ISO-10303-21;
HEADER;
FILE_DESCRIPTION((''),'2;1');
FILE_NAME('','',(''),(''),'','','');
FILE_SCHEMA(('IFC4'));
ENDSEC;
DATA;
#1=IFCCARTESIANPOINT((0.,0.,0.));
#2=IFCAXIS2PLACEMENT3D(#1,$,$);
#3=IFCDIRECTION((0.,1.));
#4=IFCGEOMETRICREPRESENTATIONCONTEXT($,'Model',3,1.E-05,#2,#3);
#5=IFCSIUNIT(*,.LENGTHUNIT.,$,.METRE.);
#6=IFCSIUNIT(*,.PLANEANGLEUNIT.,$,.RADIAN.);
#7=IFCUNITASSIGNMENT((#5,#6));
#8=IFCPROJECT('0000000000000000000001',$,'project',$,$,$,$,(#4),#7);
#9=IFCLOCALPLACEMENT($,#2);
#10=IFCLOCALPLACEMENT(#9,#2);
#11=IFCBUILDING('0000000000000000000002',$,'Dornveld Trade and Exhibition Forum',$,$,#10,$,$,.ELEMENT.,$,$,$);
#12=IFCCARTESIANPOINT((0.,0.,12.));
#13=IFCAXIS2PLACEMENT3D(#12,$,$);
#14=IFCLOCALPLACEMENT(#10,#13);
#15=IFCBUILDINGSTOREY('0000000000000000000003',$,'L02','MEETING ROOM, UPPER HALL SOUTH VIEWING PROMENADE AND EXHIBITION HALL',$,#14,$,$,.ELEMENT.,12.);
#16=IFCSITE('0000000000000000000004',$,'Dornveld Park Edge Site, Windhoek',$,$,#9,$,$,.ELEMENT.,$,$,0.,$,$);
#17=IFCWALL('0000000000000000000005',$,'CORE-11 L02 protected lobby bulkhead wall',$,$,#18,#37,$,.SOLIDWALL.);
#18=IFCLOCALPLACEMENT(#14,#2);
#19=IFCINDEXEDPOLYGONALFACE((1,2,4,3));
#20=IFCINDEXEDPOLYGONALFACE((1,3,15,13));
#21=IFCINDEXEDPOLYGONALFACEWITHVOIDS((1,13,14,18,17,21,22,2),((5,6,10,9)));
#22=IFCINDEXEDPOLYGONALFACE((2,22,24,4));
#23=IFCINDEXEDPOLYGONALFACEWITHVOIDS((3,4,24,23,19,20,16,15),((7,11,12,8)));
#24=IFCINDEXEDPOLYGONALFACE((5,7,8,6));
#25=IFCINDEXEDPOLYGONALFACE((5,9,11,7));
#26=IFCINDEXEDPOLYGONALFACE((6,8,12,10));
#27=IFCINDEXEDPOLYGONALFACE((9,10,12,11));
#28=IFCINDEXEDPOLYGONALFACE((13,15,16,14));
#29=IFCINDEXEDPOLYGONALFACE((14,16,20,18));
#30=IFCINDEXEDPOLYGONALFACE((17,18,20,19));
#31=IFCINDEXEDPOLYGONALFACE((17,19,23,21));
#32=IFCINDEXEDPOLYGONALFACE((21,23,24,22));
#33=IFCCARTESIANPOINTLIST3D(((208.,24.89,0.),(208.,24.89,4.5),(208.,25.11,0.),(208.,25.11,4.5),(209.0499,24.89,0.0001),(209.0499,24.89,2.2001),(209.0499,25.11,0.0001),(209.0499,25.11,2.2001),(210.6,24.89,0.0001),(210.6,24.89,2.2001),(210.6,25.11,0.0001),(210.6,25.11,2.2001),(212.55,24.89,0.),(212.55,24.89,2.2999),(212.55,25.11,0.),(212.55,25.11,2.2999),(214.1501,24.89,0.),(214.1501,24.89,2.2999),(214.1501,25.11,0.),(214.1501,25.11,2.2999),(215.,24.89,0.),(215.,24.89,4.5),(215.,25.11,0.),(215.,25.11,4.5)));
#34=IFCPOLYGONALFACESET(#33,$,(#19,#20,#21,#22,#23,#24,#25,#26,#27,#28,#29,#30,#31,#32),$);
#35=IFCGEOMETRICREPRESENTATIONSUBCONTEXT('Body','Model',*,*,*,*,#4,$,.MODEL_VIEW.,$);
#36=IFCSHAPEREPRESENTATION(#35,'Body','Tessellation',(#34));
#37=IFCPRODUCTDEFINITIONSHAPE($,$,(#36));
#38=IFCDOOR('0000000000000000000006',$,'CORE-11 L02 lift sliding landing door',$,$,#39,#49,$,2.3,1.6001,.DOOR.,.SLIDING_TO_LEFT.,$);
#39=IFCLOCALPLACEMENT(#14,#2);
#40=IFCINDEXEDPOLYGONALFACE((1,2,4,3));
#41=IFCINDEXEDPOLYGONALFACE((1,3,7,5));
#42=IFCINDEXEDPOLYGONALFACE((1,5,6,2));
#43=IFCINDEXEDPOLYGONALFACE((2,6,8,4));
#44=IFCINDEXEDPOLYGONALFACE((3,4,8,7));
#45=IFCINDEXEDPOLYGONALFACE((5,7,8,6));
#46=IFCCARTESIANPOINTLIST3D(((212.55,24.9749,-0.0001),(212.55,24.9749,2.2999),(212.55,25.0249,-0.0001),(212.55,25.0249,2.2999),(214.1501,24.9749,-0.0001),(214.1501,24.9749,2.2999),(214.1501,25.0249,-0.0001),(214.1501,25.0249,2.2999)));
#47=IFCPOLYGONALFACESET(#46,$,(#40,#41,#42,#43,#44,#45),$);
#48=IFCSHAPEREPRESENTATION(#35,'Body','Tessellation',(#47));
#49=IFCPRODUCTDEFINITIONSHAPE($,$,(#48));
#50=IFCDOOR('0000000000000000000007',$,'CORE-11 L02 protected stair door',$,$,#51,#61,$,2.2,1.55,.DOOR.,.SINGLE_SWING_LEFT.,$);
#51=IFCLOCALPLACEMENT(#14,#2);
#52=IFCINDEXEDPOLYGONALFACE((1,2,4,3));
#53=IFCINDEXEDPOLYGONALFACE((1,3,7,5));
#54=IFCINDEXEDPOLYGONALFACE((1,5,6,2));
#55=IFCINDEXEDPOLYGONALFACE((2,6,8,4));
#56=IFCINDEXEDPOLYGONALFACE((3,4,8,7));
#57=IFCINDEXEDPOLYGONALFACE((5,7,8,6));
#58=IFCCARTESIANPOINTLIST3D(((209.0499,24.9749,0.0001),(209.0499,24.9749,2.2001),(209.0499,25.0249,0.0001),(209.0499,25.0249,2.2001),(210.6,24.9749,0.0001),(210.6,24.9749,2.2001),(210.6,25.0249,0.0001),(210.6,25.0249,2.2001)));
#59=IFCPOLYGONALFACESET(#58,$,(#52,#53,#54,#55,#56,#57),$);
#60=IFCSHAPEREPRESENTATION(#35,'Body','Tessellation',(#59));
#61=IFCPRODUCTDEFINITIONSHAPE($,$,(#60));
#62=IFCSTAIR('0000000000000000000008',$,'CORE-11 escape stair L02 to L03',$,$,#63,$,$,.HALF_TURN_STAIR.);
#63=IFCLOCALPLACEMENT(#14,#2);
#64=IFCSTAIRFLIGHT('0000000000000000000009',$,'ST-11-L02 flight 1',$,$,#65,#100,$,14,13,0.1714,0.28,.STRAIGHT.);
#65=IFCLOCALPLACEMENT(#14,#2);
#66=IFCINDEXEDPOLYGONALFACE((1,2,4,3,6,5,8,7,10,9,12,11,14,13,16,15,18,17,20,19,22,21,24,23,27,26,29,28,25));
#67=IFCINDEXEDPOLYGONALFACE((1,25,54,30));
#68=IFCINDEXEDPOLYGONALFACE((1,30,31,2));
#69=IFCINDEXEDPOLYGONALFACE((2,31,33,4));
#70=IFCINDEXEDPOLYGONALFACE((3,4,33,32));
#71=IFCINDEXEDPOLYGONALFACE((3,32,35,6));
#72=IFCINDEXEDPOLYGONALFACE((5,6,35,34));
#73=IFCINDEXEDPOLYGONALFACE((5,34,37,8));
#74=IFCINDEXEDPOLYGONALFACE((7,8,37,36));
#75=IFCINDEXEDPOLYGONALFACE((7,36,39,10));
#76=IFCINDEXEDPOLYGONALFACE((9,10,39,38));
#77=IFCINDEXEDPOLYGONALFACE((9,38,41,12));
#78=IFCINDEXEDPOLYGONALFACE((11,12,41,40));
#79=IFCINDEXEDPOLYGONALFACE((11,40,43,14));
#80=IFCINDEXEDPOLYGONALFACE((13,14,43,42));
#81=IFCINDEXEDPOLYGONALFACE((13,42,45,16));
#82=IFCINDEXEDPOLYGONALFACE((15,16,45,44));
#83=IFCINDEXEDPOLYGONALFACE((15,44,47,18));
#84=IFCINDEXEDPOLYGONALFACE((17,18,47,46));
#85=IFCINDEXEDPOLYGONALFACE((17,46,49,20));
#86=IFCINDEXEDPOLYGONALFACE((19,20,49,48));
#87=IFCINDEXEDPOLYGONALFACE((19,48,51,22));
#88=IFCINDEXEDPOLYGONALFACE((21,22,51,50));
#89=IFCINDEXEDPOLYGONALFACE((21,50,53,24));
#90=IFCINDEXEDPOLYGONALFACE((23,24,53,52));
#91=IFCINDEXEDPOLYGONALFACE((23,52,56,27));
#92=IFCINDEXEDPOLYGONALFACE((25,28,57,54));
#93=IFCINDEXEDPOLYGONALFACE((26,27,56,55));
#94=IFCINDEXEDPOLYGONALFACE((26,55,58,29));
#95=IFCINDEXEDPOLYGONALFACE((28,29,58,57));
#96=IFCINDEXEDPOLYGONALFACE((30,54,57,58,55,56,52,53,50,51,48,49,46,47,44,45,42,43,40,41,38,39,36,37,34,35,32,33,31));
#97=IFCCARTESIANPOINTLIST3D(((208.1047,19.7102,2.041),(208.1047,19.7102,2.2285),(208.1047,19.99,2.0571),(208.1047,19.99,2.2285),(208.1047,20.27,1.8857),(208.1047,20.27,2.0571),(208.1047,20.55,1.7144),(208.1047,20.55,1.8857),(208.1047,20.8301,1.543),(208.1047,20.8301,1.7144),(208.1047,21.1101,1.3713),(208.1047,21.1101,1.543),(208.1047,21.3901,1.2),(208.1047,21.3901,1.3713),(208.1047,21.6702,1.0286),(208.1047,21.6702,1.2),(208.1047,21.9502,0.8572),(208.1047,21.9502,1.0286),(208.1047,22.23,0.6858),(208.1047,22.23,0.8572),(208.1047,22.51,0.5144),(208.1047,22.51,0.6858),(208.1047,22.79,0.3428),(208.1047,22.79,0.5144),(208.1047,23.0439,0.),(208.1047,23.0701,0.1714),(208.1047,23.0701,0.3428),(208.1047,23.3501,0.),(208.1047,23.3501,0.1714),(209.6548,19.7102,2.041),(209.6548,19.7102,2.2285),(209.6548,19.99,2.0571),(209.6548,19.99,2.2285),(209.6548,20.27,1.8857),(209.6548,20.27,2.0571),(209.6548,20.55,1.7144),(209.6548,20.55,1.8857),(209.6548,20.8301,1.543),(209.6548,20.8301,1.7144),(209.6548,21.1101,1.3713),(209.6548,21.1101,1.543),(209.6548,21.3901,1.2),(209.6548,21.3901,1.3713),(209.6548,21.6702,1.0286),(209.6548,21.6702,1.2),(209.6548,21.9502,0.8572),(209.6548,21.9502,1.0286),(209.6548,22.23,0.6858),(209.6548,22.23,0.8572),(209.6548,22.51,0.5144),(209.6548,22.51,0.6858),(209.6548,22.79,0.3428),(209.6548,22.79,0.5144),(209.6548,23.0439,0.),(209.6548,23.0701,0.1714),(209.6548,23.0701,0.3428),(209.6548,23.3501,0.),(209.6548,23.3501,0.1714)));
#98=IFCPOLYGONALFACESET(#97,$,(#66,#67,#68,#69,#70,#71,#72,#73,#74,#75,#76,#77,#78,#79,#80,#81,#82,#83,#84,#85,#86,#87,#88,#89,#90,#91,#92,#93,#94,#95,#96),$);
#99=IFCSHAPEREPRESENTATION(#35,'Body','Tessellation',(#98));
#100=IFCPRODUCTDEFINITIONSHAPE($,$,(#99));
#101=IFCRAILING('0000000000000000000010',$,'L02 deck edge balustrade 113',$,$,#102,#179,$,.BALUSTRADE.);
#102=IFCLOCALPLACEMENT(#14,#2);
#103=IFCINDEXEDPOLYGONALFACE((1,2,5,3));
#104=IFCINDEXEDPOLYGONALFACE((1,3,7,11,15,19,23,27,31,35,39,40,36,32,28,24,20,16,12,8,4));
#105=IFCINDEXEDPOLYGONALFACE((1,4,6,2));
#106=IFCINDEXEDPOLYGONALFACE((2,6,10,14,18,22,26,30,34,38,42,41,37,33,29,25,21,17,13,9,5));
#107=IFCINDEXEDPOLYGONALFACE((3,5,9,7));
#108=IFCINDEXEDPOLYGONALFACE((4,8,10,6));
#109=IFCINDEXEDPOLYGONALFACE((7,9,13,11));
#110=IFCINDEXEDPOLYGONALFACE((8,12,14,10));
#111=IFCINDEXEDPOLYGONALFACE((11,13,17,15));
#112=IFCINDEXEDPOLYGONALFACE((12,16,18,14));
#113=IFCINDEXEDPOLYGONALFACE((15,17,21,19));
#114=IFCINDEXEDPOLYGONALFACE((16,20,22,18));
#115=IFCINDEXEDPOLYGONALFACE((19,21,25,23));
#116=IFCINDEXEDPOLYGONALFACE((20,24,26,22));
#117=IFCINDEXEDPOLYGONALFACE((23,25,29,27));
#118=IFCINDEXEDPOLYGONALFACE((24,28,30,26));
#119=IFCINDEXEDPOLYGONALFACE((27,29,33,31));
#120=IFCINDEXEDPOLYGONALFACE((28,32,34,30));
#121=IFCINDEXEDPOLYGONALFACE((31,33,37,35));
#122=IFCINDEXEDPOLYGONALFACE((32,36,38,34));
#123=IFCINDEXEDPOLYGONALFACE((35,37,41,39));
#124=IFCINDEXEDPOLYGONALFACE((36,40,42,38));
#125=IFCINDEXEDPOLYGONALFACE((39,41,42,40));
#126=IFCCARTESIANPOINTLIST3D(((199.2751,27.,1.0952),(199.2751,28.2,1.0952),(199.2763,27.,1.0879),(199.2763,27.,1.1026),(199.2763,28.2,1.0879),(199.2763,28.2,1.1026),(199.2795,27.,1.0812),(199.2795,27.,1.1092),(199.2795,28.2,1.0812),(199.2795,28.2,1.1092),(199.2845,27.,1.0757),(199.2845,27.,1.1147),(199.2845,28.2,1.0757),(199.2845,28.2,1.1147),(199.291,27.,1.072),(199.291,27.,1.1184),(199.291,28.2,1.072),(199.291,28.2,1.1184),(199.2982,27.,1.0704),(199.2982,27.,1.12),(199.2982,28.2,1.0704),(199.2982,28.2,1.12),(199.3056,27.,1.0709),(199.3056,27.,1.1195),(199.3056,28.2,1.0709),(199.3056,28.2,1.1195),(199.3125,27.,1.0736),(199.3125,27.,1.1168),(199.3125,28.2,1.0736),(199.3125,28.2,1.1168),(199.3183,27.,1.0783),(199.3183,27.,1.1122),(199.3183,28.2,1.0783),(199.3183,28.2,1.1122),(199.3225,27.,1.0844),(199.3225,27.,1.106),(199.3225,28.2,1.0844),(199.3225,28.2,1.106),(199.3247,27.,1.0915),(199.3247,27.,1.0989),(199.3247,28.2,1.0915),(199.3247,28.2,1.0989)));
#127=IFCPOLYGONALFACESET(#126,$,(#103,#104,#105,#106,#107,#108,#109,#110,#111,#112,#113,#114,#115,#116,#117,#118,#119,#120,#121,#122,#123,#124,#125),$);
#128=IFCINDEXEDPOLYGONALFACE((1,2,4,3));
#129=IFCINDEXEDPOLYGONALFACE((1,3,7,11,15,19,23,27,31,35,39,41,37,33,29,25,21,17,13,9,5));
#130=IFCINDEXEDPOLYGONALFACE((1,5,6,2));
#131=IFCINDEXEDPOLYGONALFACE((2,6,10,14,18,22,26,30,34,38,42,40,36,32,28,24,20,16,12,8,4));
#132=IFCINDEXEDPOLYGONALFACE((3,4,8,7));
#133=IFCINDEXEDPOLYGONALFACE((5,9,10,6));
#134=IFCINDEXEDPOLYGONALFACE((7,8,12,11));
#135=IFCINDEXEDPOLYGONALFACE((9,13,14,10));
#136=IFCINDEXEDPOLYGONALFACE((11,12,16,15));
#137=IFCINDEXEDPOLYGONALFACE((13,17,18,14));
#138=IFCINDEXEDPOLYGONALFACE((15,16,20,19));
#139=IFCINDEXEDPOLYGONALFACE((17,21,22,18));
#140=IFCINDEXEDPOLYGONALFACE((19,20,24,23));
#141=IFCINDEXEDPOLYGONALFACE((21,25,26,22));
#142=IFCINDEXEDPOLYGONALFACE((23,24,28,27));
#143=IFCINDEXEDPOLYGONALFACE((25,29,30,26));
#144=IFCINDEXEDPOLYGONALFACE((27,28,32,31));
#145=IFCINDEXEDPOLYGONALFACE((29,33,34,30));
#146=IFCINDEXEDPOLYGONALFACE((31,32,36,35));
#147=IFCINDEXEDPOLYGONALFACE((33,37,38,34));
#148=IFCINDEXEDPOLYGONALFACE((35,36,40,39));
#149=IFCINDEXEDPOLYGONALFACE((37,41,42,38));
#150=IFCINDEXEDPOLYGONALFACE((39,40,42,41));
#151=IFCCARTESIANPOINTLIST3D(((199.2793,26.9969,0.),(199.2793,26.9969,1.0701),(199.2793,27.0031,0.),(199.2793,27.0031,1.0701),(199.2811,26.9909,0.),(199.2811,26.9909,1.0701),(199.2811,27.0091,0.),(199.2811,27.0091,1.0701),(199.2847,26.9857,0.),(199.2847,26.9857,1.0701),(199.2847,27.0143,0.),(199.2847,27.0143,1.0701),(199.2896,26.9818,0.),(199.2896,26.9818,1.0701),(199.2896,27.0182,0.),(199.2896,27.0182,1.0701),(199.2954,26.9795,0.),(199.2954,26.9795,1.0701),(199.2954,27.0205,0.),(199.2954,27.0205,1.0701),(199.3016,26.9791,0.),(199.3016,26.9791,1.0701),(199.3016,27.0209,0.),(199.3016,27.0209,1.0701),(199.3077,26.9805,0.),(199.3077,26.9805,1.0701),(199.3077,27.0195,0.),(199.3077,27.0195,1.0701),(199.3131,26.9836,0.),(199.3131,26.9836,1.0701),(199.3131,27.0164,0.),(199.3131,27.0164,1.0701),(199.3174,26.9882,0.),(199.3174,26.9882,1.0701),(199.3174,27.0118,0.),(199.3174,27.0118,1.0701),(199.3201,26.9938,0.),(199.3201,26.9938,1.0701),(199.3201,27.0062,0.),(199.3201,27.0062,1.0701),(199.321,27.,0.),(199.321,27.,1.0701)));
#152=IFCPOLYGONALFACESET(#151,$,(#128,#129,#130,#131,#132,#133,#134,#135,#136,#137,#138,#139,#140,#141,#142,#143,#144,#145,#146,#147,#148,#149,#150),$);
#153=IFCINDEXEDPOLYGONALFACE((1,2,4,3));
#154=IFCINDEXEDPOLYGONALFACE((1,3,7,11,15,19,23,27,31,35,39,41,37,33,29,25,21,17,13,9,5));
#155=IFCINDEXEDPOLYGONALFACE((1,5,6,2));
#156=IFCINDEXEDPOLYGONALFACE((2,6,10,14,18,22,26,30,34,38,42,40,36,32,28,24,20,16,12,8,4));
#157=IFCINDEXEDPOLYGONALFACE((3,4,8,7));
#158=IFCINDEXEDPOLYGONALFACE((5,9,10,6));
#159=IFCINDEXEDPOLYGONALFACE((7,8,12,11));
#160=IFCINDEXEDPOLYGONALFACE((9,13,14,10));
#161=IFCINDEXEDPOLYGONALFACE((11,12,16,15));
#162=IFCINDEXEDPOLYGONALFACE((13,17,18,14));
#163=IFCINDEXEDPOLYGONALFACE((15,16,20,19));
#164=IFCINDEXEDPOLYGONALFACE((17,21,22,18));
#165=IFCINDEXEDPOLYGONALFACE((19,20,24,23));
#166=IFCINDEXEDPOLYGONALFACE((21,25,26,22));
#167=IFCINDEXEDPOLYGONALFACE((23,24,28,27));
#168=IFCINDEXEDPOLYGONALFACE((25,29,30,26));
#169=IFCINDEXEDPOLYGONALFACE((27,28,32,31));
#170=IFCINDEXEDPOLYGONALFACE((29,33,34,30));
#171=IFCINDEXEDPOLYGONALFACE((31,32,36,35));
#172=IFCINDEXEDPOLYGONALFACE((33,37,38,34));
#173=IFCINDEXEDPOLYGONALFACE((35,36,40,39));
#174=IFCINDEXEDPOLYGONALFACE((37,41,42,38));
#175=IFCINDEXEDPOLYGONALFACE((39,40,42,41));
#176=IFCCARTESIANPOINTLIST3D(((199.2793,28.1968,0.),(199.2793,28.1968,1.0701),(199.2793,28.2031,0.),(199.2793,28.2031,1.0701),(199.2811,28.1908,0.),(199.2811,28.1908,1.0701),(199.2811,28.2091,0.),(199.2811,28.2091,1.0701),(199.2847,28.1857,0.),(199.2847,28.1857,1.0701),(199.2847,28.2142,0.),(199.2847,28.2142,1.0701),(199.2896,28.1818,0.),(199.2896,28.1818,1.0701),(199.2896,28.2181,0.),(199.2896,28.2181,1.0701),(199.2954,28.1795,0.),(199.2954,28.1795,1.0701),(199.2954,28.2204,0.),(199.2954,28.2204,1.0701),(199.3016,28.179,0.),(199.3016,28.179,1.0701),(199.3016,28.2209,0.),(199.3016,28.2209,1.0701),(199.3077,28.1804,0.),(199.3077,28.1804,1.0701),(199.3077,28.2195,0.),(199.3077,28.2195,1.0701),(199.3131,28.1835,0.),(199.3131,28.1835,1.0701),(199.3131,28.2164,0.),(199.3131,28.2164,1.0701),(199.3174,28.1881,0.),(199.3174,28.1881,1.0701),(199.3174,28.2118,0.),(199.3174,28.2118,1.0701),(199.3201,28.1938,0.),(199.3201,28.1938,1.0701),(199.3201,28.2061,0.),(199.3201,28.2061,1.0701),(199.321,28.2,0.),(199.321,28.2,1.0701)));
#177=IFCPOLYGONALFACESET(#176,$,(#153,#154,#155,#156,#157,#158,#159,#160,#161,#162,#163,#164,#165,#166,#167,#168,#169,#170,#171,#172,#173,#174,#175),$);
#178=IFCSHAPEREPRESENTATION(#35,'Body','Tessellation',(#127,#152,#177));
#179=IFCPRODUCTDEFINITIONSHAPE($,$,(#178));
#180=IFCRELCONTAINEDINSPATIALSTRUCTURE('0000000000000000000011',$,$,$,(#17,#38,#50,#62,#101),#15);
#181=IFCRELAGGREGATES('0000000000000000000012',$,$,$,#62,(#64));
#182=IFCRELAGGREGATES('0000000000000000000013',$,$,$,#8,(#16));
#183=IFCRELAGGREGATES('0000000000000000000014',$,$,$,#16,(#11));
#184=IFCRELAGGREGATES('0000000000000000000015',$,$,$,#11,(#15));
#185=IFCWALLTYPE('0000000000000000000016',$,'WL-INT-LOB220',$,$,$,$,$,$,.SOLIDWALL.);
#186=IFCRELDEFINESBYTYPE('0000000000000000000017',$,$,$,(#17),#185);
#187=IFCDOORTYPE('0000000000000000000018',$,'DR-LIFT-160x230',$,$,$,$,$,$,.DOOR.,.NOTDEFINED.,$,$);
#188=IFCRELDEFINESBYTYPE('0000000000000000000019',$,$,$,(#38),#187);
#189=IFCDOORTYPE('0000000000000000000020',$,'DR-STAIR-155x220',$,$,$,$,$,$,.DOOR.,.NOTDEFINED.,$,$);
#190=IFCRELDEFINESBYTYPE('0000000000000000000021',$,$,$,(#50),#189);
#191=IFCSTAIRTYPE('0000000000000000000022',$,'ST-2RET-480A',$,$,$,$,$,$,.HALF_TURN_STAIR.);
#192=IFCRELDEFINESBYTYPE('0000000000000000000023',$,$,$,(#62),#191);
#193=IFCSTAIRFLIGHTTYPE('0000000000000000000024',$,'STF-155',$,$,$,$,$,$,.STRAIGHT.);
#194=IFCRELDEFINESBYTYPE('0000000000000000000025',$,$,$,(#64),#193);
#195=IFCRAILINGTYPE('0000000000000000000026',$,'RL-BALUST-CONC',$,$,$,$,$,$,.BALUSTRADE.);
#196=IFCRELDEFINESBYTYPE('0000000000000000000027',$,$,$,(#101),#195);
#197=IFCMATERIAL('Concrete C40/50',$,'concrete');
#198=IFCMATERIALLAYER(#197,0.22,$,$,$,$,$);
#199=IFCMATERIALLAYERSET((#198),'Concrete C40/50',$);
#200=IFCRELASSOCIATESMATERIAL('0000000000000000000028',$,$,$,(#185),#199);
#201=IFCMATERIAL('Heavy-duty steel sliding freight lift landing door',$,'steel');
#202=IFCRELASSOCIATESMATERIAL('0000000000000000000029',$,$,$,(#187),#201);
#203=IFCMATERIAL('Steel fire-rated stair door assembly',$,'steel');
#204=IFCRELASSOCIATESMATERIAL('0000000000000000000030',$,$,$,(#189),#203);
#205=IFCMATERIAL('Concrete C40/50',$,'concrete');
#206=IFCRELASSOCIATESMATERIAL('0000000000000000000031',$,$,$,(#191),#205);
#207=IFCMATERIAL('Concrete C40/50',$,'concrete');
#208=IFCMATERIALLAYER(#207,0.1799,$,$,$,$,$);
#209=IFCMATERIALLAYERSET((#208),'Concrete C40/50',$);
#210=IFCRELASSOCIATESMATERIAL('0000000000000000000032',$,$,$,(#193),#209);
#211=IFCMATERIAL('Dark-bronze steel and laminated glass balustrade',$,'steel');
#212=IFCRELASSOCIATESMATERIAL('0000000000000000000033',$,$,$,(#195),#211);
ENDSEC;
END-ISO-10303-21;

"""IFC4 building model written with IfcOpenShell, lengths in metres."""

from ifc_helpers import new_model, si_unit, direction, frame, frame_2d, origin, origin_2d, place, context, subcontext, project, spatial, polyline, rectangle, circle, outline, extrude, material, layer, layer_set, type_object, element, fill, aggregate, save


model = new_model("IFC4")

# Units and contexts
model_context = context("Model", 3, precision=1e-05, world=origin(), true_north=direction((0.0, 1.0)))
body_context = subcontext(model_context, "Body", "Model", "MODEL_VIEW")
ifc_project = project(units=[si_unit("LENGTHUNIT", "METRE"), si_unit("PLANEANGLEUNIT", "RADIAN")], contexts=[model_context])

# Site, building, storey
site_placement = place(None, origin())
site = spatial("IfcSite", under=ifc_project, at=site_placement, Name="Dornveld Park Edge Site, Windhoek", CompositionType="ELEMENT", RefElevation=0.0)
building_placement = place(site_placement, origin())
building = spatial("IfcBuilding", under=site, at=building_placement, Name="Dornveld Trade and Exhibition Forum", CompositionType="ELEMENT")
storey_placement = place(building_placement, frame((0.0, 0.0, 12.0)))
storey = spatial("IfcBuildingStorey", under=building, at=storey_placement, Name="L02", Description="MEETING ROOM, UPPER HALL SOUTH VIEWING PROMENADE AND EXHIBITION HALL", CompositionType="ELEMENT", Elevation=12.0)

# Wall, openings, doors
ifc_material_1 = material(Name="Concrete C40/50", Category="concrete")
ifc_layer_1 = layer(ifc_material_1, 0.22)
ifc_layer_set_1 = layer_set([ifc_layer_1], Name="Concrete C40/50")
wall_type_1 = type_object("IfcWallType", Name="WL-INT-LOB220", PredefinedType="SOLIDWALL", material=ifc_layer_set_1)
wall_1_placement = place(storey_placement, frame((208.0, 25.0, 0.0), z_axis=(0.0, 0.0, 1.0), x_axis=(1.0, 0.0, 0.0)))
wall_1 = element("IfcWall", 1, at=wall_1_placement, inside=storey, type_object=wall_type_1, Name="CORE-11 L02 protected lobby bulkhead wall", PredefinedType="SOLIDWALL", context=body_context, shape_type="SweptSolid", body=[
    extrude(rectangle(XDim=7.0, YDim=0.22, at=frame_2d((3.5, 0.0))), origin(), (0.0, 0.0, 1.0), 4.5),
])
opening_1_placement = place(wall_1_placement, frame((1.05, 0.0, 0.0)))
opening_1 = element("IfcOpeningElement", 2, at=opening_1_placement, cuts=wall_1, PredefinedType="OPENING", context=body_context, shape_type="SweptSolid", body=[
    extrude(rectangle(XDim=1.55, YDim=2.2, at=frame_2d((0.7749, 1.1001))), frame((0.0, 0.1199, 0.0), z_axis=(0.0, -1.0, 0.0), x_axis=(1.0, 0.0, 0.0)), (0.0, 0.0, 1.0), 0.24),
])
opening_2_placement = place(wall_1_placement, frame((4.55, 0.0, 0.0)))
opening_2 = element("IfcOpeningElement", 3, at=opening_2_placement, cuts=wall_1, PredefinedType="OPENING", context=body_context, shape_type="SweptSolid", body=[
    extrude(rectangle(XDim=1.6001, YDim=2.3, at=frame_2d((0.8, 1.1499))), frame((0.0, 0.1199, 0.0), z_axis=(0.0, -1.0, 0.0), x_axis=(1.0, 0.0, 0.0)), (0.0, 0.0, 1.0), 0.24),
])
ifc_material_2 = material(Name="Heavy-duty steel sliding freight lift landing door", Category="steel")
door_type_1 = type_object("IfcDoorType", Name="DR-LIFT-160x230", OperationType="NOTDEFINED", PredefinedType="DOOR", material=ifc_material_2)
door_1_placement = place(opening_2_placement, origin())
door_1 = element("IfcDoor", 4, at=door_1_placement, inside=storey, type_object=door_type_1, Name="CORE-11 L02 lift sliding landing door", OperationType="SLIDING_TO_LEFT", OverallHeight=2.3, OverallWidth=1.6001, PredefinedType="DOOR", context=body_context, shape_type="SweptSolid", body=[
    extrude(rectangle(XDim=1.6001, YDim=2.3, at=frame_2d((0.8, 1.1499))), frame((0.0, 0.0249, 0.0), z_axis=(0.0, -1.0, 0.0), x_axis=(1.0, 0.0, 0.0)), (0.0, 0.0, 1.0), 0.05),
])
fill(opening_2, door_1)
ifc_material_3 = material(Name="Steel fire-rated stair door assembly", Category="steel")
door_type_2 = type_object("IfcDoorType", Name="DR-STAIR-155x220", OperationType="NOTDEFINED", PredefinedType="DOOR", material=ifc_material_3)
door_2_placement = place(opening_1_placement, origin())
door_2 = element("IfcDoor", 5, at=door_2_placement, inside=storey, type_object=door_type_2, Name="CORE-11 L02 protected stair door", OperationType="SINGLE_SWING_LEFT", OverallHeight=2.2, OverallWidth=1.55, PredefinedType="DOOR", context=body_context, shape_type="SweptSolid", body=[
    extrude(rectangle(XDim=1.55, YDim=2.2, at=frame_2d((0.7749, 1.1001))), frame((0.0, 0.0249, 0.0), z_axis=(0.0, -1.0, 0.0), x_axis=(1.0, 0.0, 0.0)), (0.0, 0.0, 1.0), 0.05),
])
fill(opening_1, door_2)

# Stair, stair flight
ifc_material_4 = material(Name="Concrete C40/50", Category="concrete")
stair_type = type_object("IfcStairType", Name="ST-2RET-480A", PredefinedType="HALF_TURN_STAIR", material=ifc_material_4)
stair_placement = place(storey_placement, origin())
stair = element("IfcStair", 6, at=stair_placement, inside=storey, type_object=stair_type, Name="CORE-11 escape stair L02 to L03", PredefinedType="HALF_TURN_STAIR")
ifc_material_5 = material(Name="Concrete C40/50", Category="concrete")
ifc_layer_2 = layer(ifc_material_5, 0.1799)
ifc_layer_set_2 = layer_set([ifc_layer_2], Name="Concrete C40/50")
stair_flight_type = type_object("IfcStairFlightType", Name="STF-155", PredefinedType="STRAIGHT", material=ifc_layer_set_2)
stair_flight_placement = place(storey_placement, frame((208.8799, 23.3501, 0.0), z_axis=(0.0, 0.0, 1.0), x_axis=(0.0, -1.0, 0.0)))
stair_flight = element("IfcStairFlight", 7, at=stair_flight_placement, type_object=stair_flight_type, Name="ST-11-L02 flight 1", NumberOfRisers=14, NumberOfTreads=13, PredefinedType="STRAIGHT", RiserHeight=0.1714, TreadLength=0.28, context=body_context, shape_type="SweptSolid", body=[
    extrude(outline(polyline([(0.0, 0.0), (0.0, 0.1714), (0.28, 0.1714), (0.28, 0.3428), (0.5601, 0.3428), (0.5601, 0.5144), (0.8401, 0.5144), (0.8401, 0.6858), (1.1201, 0.6858), (1.1201, 0.8572), (1.3999, 0.8572), (1.3999, 1.0286), (1.6799, 1.0286), (1.6799, 1.2), (1.96, 1.2), (1.96, 1.3713), (2.24, 1.3713), (2.24, 1.543), (2.52, 1.543), (2.52, 1.7144), (2.8, 1.7144), (2.8, 1.8857), (3.0801, 1.8857), (3.0801, 2.0571), (3.3601, 2.0571), (3.3601, 2.2285), (3.6399, 2.2285), (3.6399, 2.3999), (3.6399, 2.041), (0.3062, 0.0), (0.0, 0.0)])), frame((0.0, 0.7749, 0.0), z_axis=(0.0, -1.0, 0.0), x_axis=(1.0, 0.0, 0.0)), (0.0, 0.0, 1.0), 1.55),
])
aggregate(stair, [stair_flight])

# Railing
ifc_material_6 = material(Name="Dark-bronze steel and laminated glass balustrade", Category="steel")
railing_type_1 = type_object("IfcRailingType", Name="RL-BALUST-CONC", PredefinedType="BALUSTRADE", material=ifc_material_6)
railing_1_placement = place(storey_placement, frame((199.3, 27.0, 0.0)))
element("IfcRailing", 8, at=railing_1_placement, inside=storey, type_object=railing_type_1, Name="L02 deck edge balustrade 113", PredefinedType="BALUSTRADE", context=body_context, shape_type="SweptSolid", body=[
    extrude(circle(Radius=0.0249, at=origin_2d()), frame((0.0, 0.0, 1.0952), z_axis=(0.0, 1.0, 0.0), x_axis=(-1.0, 0.0, 0.0)), (0.0, 0.0, 1.0), 1.2),
    extrude(circle(Radius=0.021, at=origin_2d()), origin(), (0.0, 0.0, 1.0), 1.0701),
    extrude(circle(Radius=0.021, at=origin_2d()), frame((0.0, 1.2, 0.0)), (0.0, 0.0, 1.0), 1.0701),
])

save(model, "model.ifc")
